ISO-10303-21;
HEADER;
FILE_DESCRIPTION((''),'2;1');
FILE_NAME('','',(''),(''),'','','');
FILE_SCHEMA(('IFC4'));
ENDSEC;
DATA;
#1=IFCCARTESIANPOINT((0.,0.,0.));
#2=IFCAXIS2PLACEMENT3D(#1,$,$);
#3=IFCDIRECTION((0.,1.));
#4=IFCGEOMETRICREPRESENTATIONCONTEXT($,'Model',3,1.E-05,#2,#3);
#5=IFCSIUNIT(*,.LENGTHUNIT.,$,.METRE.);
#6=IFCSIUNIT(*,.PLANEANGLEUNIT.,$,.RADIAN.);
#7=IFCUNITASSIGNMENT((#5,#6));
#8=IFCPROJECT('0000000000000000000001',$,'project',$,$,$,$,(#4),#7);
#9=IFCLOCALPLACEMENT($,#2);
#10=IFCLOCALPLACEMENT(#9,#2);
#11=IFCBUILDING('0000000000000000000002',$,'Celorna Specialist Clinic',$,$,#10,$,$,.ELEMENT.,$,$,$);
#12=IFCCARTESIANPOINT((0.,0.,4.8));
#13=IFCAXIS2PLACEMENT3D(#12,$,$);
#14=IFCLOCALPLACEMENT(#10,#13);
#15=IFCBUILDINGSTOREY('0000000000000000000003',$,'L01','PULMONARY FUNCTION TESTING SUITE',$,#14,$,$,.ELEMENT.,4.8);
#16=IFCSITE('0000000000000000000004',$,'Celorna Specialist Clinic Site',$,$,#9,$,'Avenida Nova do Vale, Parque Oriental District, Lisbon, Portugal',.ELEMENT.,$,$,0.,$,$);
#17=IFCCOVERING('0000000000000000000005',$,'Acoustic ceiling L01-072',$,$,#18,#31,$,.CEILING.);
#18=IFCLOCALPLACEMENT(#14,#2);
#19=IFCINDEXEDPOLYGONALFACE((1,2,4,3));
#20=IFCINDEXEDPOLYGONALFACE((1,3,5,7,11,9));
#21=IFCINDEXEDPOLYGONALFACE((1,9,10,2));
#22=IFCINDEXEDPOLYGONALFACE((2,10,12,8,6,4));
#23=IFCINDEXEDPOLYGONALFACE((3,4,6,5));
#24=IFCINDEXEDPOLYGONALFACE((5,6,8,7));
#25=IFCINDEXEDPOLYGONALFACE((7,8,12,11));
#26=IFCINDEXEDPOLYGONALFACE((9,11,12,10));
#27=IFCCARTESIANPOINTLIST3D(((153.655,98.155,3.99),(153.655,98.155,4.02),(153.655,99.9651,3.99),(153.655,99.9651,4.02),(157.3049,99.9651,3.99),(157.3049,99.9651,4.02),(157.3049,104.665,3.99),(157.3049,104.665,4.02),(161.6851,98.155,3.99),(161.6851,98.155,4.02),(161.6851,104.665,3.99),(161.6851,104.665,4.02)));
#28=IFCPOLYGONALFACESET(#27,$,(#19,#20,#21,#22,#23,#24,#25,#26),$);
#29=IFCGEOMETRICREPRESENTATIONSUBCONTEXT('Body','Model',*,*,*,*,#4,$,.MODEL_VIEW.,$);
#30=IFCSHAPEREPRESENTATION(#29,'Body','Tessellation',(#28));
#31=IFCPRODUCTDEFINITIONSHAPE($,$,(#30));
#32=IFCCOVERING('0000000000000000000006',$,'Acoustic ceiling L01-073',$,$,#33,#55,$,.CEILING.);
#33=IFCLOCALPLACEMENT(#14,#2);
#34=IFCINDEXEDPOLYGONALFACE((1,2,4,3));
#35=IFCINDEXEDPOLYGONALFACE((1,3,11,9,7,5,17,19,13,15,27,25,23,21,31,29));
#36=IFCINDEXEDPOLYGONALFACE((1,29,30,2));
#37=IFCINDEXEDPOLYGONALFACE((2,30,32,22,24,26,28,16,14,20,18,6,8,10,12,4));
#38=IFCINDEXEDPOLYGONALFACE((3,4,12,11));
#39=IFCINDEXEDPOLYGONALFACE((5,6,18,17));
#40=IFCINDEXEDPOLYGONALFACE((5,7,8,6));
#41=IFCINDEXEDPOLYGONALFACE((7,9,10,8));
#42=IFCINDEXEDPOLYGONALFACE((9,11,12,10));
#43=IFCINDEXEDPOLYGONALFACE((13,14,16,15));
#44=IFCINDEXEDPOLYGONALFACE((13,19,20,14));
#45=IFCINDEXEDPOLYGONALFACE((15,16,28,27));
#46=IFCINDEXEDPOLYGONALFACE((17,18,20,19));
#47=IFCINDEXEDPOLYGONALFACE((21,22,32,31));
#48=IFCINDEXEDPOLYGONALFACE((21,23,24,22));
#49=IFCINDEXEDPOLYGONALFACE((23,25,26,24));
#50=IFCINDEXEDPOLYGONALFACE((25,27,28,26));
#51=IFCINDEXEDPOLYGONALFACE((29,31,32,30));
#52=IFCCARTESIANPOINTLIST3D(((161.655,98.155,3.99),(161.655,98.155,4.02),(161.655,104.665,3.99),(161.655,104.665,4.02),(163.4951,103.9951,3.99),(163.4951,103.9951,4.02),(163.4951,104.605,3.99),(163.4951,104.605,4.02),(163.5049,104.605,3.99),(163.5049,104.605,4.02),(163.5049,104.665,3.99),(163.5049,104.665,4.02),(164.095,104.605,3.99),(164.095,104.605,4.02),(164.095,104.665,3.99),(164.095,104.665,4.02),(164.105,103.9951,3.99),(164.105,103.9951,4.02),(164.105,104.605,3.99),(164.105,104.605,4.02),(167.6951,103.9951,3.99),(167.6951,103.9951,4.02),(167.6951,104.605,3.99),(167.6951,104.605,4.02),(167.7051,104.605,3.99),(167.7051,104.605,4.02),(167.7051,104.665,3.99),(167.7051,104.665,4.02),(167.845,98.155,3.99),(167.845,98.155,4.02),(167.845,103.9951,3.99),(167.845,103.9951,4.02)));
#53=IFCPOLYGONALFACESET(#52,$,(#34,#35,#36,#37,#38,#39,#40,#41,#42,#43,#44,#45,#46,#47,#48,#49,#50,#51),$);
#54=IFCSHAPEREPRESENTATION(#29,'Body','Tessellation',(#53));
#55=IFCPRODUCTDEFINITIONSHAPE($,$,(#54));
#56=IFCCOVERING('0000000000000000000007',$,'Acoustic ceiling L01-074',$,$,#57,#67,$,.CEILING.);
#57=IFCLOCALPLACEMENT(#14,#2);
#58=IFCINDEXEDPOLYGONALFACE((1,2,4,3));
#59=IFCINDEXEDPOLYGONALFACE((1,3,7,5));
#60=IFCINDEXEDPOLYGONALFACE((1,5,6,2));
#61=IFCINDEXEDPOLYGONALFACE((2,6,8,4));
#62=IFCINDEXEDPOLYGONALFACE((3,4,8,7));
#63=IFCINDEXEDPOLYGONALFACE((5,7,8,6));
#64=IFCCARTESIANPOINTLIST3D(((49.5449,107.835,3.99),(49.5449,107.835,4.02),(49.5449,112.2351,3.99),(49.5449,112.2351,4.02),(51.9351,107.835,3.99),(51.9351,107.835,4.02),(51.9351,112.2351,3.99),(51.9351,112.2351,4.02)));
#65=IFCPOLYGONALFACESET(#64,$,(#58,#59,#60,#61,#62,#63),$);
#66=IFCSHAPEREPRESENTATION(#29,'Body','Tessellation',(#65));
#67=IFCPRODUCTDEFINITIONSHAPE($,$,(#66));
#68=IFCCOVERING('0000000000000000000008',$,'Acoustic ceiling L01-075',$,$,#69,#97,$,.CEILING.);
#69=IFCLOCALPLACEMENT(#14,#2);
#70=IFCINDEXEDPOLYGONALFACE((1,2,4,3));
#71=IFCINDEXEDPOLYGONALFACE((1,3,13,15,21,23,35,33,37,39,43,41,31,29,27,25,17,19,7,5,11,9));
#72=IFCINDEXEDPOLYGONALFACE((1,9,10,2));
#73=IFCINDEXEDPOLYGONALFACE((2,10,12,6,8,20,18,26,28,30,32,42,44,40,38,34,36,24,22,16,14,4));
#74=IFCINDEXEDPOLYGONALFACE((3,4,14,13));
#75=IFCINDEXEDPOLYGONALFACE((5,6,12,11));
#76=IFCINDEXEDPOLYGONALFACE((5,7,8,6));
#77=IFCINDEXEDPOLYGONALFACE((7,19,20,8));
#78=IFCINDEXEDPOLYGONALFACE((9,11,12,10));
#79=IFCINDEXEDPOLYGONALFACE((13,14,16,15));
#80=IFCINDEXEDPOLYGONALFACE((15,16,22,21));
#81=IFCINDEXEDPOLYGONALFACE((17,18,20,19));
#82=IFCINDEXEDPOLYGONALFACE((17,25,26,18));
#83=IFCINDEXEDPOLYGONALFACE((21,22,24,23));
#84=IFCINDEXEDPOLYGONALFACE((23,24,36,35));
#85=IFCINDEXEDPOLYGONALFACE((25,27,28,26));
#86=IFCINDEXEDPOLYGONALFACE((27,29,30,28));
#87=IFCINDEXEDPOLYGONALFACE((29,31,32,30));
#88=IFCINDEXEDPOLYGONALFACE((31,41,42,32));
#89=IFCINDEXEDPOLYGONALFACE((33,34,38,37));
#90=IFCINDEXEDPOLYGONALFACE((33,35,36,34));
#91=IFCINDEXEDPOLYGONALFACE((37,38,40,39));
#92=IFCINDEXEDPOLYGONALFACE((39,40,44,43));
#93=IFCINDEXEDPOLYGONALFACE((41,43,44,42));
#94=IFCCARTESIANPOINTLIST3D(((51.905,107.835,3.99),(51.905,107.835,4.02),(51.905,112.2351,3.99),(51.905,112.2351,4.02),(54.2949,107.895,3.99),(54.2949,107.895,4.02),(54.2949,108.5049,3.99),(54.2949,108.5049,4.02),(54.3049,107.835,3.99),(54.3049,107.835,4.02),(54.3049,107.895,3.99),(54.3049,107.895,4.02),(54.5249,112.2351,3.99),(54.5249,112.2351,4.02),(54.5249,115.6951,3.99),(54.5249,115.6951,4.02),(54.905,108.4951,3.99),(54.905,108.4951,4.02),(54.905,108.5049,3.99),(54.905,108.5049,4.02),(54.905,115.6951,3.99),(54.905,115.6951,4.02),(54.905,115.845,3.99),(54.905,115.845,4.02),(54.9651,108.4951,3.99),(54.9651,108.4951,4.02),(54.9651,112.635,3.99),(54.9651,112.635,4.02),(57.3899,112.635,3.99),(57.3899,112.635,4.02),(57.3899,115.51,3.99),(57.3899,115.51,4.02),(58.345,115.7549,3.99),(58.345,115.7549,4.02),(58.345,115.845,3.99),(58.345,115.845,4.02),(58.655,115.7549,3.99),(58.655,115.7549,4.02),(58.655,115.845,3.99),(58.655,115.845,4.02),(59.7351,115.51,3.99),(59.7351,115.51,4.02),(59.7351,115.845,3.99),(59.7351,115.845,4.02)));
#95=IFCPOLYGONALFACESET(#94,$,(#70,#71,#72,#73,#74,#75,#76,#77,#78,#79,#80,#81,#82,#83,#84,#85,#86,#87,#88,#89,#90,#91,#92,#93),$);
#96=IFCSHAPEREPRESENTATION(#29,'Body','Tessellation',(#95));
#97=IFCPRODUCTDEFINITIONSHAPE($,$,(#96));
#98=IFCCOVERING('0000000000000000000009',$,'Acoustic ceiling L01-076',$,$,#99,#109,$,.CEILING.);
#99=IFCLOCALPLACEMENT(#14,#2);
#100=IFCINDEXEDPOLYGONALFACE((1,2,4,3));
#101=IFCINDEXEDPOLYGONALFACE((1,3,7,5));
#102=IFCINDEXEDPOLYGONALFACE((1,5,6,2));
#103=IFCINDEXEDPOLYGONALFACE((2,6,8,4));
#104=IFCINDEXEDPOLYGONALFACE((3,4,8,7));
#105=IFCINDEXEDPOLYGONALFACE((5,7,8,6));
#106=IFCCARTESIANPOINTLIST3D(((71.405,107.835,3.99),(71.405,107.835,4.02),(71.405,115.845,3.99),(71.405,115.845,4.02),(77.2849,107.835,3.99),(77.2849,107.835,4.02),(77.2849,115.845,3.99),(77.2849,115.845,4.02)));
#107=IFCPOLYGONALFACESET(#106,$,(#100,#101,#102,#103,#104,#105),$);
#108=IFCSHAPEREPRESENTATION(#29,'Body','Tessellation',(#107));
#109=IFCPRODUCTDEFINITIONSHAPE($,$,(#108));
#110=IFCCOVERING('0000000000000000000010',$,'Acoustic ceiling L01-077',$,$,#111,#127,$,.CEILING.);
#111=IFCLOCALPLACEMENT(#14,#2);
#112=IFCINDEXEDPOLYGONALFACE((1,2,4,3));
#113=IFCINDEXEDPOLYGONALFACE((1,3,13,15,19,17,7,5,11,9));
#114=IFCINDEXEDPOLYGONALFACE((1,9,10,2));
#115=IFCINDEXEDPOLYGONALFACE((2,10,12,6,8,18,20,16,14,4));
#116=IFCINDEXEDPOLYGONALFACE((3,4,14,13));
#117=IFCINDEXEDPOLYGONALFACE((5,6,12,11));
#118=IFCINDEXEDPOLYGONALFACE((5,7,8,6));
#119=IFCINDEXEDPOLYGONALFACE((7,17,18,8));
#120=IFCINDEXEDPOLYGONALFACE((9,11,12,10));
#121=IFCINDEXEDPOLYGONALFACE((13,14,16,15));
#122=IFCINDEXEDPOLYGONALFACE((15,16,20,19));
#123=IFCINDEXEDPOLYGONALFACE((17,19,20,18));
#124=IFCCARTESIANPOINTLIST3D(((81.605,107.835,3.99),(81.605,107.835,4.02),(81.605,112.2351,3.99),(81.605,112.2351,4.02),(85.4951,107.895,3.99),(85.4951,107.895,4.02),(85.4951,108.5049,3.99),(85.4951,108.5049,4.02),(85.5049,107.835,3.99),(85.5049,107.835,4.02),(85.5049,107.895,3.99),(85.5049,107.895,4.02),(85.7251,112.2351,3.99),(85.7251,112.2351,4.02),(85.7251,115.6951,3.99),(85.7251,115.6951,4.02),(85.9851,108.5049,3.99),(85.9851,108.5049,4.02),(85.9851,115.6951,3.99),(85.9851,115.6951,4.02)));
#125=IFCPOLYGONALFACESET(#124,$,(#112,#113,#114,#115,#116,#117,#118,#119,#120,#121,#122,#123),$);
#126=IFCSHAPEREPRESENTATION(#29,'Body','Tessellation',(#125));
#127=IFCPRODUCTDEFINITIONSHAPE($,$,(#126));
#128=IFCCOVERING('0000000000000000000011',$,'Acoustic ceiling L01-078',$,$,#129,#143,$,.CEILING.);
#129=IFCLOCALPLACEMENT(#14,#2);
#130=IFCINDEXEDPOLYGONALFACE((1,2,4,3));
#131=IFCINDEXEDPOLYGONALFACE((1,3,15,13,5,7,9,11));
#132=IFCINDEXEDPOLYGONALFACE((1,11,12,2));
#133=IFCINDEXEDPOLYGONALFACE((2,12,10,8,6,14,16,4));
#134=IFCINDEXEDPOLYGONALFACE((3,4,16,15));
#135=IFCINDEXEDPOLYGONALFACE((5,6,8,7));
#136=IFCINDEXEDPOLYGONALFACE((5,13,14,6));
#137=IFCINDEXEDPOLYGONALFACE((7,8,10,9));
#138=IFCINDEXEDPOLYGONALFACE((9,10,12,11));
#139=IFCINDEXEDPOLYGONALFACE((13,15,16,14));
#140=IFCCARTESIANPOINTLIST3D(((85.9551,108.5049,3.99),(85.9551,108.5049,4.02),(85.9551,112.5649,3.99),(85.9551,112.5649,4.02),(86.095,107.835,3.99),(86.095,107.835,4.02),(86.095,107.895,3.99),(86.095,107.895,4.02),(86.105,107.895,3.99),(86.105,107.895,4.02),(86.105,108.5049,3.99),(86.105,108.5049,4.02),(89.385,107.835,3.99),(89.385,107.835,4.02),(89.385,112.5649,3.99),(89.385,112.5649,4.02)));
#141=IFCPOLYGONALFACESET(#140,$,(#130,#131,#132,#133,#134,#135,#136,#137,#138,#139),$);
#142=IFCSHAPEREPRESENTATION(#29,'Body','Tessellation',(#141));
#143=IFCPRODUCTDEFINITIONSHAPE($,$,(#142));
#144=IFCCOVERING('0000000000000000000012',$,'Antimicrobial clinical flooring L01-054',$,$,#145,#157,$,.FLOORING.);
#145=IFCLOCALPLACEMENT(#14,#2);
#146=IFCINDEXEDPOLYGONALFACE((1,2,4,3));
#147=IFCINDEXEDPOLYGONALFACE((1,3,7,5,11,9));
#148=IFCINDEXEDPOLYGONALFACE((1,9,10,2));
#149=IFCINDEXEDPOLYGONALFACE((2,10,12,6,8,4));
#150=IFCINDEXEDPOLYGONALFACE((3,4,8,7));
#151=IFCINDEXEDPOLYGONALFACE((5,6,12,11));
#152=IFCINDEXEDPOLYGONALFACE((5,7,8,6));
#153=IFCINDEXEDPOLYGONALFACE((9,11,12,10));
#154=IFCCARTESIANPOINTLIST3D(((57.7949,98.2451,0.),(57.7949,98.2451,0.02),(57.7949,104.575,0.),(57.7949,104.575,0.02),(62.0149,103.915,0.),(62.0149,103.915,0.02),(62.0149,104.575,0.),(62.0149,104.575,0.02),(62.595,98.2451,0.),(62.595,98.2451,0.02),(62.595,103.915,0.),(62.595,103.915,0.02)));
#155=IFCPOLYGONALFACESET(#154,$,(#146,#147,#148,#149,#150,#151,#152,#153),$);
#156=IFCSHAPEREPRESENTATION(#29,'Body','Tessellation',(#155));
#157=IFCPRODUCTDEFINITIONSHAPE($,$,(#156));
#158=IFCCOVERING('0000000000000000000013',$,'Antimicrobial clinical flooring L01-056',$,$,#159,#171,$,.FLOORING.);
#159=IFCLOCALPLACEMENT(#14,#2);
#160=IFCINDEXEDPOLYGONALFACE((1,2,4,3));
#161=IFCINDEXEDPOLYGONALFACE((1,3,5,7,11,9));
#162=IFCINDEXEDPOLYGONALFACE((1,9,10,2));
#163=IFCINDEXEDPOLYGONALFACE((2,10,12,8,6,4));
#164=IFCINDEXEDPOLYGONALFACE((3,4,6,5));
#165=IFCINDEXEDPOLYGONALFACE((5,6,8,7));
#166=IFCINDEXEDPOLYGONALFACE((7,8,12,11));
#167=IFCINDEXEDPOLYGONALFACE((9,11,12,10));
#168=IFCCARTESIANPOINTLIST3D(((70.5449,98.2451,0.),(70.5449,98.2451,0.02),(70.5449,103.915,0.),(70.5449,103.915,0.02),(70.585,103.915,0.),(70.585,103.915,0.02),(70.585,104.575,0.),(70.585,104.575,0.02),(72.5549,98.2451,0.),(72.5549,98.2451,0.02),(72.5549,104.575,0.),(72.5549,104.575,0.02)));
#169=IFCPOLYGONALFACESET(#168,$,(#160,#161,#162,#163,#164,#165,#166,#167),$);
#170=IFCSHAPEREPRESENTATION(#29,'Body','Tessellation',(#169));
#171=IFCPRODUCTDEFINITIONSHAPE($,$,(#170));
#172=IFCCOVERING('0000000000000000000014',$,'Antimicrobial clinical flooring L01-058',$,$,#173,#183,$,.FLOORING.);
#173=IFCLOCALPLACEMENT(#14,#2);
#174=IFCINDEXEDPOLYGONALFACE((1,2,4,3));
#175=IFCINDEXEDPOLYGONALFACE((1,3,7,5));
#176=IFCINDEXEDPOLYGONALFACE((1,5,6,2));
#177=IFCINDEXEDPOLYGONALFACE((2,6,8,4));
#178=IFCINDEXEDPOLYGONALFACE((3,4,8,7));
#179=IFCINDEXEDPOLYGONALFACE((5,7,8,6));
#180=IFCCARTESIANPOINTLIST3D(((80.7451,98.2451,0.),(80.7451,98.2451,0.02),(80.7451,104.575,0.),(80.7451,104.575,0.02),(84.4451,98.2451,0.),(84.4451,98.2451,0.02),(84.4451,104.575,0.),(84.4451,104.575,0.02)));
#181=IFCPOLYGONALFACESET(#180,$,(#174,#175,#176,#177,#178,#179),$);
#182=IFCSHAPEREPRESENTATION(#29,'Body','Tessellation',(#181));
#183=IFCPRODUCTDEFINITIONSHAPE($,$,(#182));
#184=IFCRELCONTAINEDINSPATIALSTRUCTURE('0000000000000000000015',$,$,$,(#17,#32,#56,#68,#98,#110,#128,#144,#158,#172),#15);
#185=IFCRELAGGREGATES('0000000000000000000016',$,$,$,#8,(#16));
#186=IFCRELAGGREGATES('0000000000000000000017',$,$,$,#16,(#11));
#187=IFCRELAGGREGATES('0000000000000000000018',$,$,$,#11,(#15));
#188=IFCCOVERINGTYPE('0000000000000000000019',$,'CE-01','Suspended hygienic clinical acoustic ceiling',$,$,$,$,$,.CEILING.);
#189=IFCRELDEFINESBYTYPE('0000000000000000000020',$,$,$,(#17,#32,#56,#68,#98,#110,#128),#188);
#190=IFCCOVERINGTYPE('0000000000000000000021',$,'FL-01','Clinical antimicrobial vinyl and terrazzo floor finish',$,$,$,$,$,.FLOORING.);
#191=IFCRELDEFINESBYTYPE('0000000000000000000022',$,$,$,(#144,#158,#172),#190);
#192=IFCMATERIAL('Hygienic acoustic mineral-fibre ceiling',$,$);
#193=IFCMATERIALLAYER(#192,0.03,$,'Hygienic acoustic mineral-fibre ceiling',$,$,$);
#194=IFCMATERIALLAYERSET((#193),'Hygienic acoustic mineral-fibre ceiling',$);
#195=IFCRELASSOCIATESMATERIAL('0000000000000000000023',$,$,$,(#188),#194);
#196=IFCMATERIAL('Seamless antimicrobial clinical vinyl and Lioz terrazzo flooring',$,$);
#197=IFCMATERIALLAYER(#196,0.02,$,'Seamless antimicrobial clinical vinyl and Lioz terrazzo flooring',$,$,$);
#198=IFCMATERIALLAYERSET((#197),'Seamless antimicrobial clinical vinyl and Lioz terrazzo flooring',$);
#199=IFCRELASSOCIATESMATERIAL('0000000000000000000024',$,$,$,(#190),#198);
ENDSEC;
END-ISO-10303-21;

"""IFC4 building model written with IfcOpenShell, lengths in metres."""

from ifc_helpers import new_model, si_unit, direction, frame, origin, place, context, subcontext, project, spatial, polyline, outline, extrude, material, layer, layer_set, type_object, element, save


model = new_model("IFC4")

# Units and contexts
model_context = context("Model", 3, precision=1e-05, world=origin(), true_north=direction((0.0, 1.0)))
body_context = subcontext(model_context, "Body", "Model", "MODEL_VIEW")
ifc_project = project(units=[si_unit("LENGTHUNIT", "METRE"), si_unit("PLANEANGLEUNIT", "RADIAN")], contexts=[model_context])

# Site, building, storey
site_placement = place(None, origin())
site = spatial("IfcSite", under=ifc_project, at=site_placement, Name="Celorna Specialist Clinic Site", LongName="Avenida Nova do Vale, Parque Oriental District, Lisbon, Portugal", CompositionType="ELEMENT", RefElevation=0.0)
building_placement = place(site_placement, origin())
building = spatial("IfcBuilding", under=site, at=building_placement, Name="Celorna Specialist Clinic", CompositionType="ELEMENT")
storey_placement = place(building_placement, frame((0.0, 0.0, 4.8)))
storey = spatial("IfcBuildingStorey", under=building, at=storey_placement, Name="L01", Description="PULMONARY FUNCTION TESTING SUITE", CompositionType="ELEMENT", Elevation=4.8)

# Coverings
ifc_material_1 = material(Name="Hygienic acoustic mineral-fibre ceiling")
ifc_layer_1 = layer(ifc_material_1, 0.03, Name="Hygienic acoustic mineral-fibre ceiling")
ifc_layer_set_1 = layer_set([ifc_layer_1], Name="Hygienic acoustic mineral-fibre ceiling")
covering_type_1 = type_object("IfcCoveringType", Name="CE-01", Description="Suspended hygienic clinical acoustic ceiling", PredefinedType="CEILING", material=ifc_layer_set_1)
covering_1_placement = place(storey_placement, frame((0.0, 0.0, 3.99)))
element("IfcCovering", 1, at=covering_1_placement, inside=storey, type_object=covering_type_1, Name="Acoustic ceiling L01-072", PredefinedType="CEILING", context=body_context, shape_type="SweptSolid", body=[
    extrude(outline(polyline([(157.3049, 104.665), (161.6851, 104.665), (161.6851, 98.155), (153.655, 98.155), (153.655, 99.9651), (157.3049, 99.9651), (157.3049, 104.665)])), origin(), (0.0, 0.0, 1.0), 0.03),
])
covering_2_placement = place(storey_placement, frame((0.0, 0.0, 3.99)))
element("IfcCovering", 2, at=covering_2_placement, inside=storey, type_object=covering_type_1, Name="Acoustic ceiling L01-073", PredefinedType="CEILING", context=body_context, shape_type="SweptSolid", body=[
    extrude(outline(polyline([(163.5049, 104.665), (163.5049, 104.605), (163.4951, 104.605), (163.4951, 103.9951), (164.105, 103.9951), (164.105, 104.605), (164.095, 104.605), (164.095, 104.665), (167.7051, 104.665), (167.7051, 104.605), (167.6951, 104.605), (167.6951, 103.9951), (167.845, 103.9951), (167.845, 98.155), (161.655, 98.155), (161.655, 104.665), (163.5049, 104.665)])), origin(), (0.0, 0.0, 1.0), 0.03),
])
covering_3_placement = place(storey_placement, frame((0.0, 0.0, 3.99)))
element("IfcCovering", 3, at=covering_3_placement, inside=storey, type_object=covering_type_1, Name="Acoustic ceiling L01-074", PredefinedType="CEILING", context=body_context, shape_type="SweptSolid", body=[
    extrude(outline(polyline([(49.5449, 112.2351), (51.9351, 112.2351), (51.9351, 107.835), (49.5449, 107.835), (49.5449, 112.2351)])), origin(), (0.0, 0.0, 1.0), 0.03),
])
covering_4_placement = place(storey_placement, frame((0.0, 0.0, 3.99)))
element("IfcCovering", 4, at=covering_4_placement, inside=storey, type_object=covering_type_1, Name="Acoustic ceiling L01-075", PredefinedType="CEILING", context=body_context, shape_type="SweptSolid", body=[
    extrude(outline(polyline([(51.905, 107.835), (51.905, 112.2351), (54.5249, 112.2351), (54.5249, 115.6951), (54.905, 115.6951), (54.905, 115.845), (58.345, 115.845), (58.345, 115.7549), (58.655, 115.7549), (58.655, 115.845), (59.7351, 115.845), (59.7351, 115.51), (57.3899, 115.51), (57.3899, 112.635), (54.9651, 112.635), (54.9651, 108.4951), (54.905, 108.4951), (54.905, 108.5049), (54.2949, 108.5049), (54.2949, 107.895), (54.3049, 107.895), (54.3049, 107.835), (51.905, 107.835)])), origin(), (0.0, 0.0, 1.0), 0.03),
])
covering_5_placement = place(storey_placement, frame((0.0, 0.0, 3.99)))
element("IfcCovering", 5, at=covering_5_placement, inside=storey, type_object=covering_type_1, Name="Acoustic ceiling L01-076", PredefinedType="CEILING", context=body_context, shape_type="SweptSolid", body=[
    extrude(outline(polyline([(77.2849, 115.845), (77.2849, 107.835), (71.405, 107.835), (71.405, 115.845), (77.2849, 115.845)])), origin(), (0.0, 0.0, 1.0), 0.03),
])
covering_6_placement = place(storey_placement, frame((0.0, 0.0, 3.99)))
element("IfcCovering", 6, at=covering_6_placement, inside=storey, type_object=covering_type_1, Name="Acoustic ceiling L01-077", PredefinedType="CEILING", context=body_context, shape_type="SweptSolid", body=[
    extrude(outline(polyline([(81.605, 107.835), (81.605, 112.2351), (85.7251, 112.2351), (85.7251, 115.6951), (85.9851, 115.6951), (85.9851, 108.5049), (85.4951, 108.5049), (85.4951, 107.895), (85.5049, 107.895), (85.5049, 107.835), (81.605, 107.835)])), origin(), (0.0, 0.0, 1.0), 0.03),
])
covering_7_placement = place(storey_placement, frame((0.0, 0.0, 3.99)))
element("IfcCovering", 7, at=covering_7_placement, inside=storey, type_object=covering_type_1, Name="Acoustic ceiling L01-078", PredefinedType="CEILING", context=body_context, shape_type="SweptSolid", body=[
    extrude(outline(polyline([(86.095, 107.895), (86.105, 107.895), (86.105, 108.5049), (85.9551, 108.5049), (85.9551, 112.5649), (89.385, 112.5649), (89.385, 107.835), (86.095, 107.835), (86.095, 107.895)])), origin(), (0.0, 0.0, 1.0), 0.03),
])
ifc_material_2 = material(Name="Seamless antimicrobial clinical vinyl and Lioz terrazzo flooring")
ifc_layer_2 = layer(ifc_material_2, 0.02, Name="Seamless antimicrobial clinical vinyl and Lioz terrazzo flooring")
ifc_layer_set_2 = layer_set([ifc_layer_2], Name="Seamless antimicrobial clinical vinyl and Lioz terrazzo flooring")
covering_type_2 = type_object("IfcCoveringType", Name="FL-01", Description="Clinical antimicrobial vinyl and terrazzo floor finish", PredefinedType="FLOORING", material=ifc_layer_set_2)
covering_8_placement = place(storey_placement, origin())
element("IfcCovering", 8, at=covering_8_placement, inside=storey, type_object=covering_type_2, Name="Antimicrobial clinical flooring L01-054", PredefinedType="FLOORING", context=body_context, shape_type="SweptSolid", body=[
    extrude(outline(polyline([(57.7949, 104.575), (62.0149, 104.575), (62.0149, 103.915), (62.595, 103.915), (62.595, 98.2451), (57.7949, 98.2451), (57.7949, 104.575)])), origin(), (0.0, 0.0, 1.0), 0.02),
])
covering_9_placement = place(storey_placement, origin())
element("IfcCovering", 9, at=covering_9_placement, inside=storey, type_object=covering_type_2, Name="Antimicrobial clinical flooring L01-056", PredefinedType="FLOORING", context=body_context, shape_type="SweptSolid", body=[
    extrude(outline(polyline([(70.585, 104.575), (72.5549, 104.575), (72.5549, 98.2451), (70.5449, 98.2451), (70.5449, 103.915), (70.585, 103.915), (70.585, 104.575)])), origin(), (0.0, 0.0, 1.0), 0.02),
])
covering_10_placement = place(storey_placement, origin())
element("IfcCovering", 10, at=covering_10_placement, inside=storey, type_object=covering_type_2, Name="Antimicrobial clinical flooring L01-058", PredefinedType="FLOORING", context=body_context, shape_type="SweptSolid", body=[
    extrude(outline(polyline([(80.7451, 104.575), (84.4451, 104.575), (84.4451, 98.2451), (80.7451, 98.2451), (80.7451, 104.575)])), origin(), (0.0, 0.0, 1.0), 0.02),
])

save(model, "model.ifc")
